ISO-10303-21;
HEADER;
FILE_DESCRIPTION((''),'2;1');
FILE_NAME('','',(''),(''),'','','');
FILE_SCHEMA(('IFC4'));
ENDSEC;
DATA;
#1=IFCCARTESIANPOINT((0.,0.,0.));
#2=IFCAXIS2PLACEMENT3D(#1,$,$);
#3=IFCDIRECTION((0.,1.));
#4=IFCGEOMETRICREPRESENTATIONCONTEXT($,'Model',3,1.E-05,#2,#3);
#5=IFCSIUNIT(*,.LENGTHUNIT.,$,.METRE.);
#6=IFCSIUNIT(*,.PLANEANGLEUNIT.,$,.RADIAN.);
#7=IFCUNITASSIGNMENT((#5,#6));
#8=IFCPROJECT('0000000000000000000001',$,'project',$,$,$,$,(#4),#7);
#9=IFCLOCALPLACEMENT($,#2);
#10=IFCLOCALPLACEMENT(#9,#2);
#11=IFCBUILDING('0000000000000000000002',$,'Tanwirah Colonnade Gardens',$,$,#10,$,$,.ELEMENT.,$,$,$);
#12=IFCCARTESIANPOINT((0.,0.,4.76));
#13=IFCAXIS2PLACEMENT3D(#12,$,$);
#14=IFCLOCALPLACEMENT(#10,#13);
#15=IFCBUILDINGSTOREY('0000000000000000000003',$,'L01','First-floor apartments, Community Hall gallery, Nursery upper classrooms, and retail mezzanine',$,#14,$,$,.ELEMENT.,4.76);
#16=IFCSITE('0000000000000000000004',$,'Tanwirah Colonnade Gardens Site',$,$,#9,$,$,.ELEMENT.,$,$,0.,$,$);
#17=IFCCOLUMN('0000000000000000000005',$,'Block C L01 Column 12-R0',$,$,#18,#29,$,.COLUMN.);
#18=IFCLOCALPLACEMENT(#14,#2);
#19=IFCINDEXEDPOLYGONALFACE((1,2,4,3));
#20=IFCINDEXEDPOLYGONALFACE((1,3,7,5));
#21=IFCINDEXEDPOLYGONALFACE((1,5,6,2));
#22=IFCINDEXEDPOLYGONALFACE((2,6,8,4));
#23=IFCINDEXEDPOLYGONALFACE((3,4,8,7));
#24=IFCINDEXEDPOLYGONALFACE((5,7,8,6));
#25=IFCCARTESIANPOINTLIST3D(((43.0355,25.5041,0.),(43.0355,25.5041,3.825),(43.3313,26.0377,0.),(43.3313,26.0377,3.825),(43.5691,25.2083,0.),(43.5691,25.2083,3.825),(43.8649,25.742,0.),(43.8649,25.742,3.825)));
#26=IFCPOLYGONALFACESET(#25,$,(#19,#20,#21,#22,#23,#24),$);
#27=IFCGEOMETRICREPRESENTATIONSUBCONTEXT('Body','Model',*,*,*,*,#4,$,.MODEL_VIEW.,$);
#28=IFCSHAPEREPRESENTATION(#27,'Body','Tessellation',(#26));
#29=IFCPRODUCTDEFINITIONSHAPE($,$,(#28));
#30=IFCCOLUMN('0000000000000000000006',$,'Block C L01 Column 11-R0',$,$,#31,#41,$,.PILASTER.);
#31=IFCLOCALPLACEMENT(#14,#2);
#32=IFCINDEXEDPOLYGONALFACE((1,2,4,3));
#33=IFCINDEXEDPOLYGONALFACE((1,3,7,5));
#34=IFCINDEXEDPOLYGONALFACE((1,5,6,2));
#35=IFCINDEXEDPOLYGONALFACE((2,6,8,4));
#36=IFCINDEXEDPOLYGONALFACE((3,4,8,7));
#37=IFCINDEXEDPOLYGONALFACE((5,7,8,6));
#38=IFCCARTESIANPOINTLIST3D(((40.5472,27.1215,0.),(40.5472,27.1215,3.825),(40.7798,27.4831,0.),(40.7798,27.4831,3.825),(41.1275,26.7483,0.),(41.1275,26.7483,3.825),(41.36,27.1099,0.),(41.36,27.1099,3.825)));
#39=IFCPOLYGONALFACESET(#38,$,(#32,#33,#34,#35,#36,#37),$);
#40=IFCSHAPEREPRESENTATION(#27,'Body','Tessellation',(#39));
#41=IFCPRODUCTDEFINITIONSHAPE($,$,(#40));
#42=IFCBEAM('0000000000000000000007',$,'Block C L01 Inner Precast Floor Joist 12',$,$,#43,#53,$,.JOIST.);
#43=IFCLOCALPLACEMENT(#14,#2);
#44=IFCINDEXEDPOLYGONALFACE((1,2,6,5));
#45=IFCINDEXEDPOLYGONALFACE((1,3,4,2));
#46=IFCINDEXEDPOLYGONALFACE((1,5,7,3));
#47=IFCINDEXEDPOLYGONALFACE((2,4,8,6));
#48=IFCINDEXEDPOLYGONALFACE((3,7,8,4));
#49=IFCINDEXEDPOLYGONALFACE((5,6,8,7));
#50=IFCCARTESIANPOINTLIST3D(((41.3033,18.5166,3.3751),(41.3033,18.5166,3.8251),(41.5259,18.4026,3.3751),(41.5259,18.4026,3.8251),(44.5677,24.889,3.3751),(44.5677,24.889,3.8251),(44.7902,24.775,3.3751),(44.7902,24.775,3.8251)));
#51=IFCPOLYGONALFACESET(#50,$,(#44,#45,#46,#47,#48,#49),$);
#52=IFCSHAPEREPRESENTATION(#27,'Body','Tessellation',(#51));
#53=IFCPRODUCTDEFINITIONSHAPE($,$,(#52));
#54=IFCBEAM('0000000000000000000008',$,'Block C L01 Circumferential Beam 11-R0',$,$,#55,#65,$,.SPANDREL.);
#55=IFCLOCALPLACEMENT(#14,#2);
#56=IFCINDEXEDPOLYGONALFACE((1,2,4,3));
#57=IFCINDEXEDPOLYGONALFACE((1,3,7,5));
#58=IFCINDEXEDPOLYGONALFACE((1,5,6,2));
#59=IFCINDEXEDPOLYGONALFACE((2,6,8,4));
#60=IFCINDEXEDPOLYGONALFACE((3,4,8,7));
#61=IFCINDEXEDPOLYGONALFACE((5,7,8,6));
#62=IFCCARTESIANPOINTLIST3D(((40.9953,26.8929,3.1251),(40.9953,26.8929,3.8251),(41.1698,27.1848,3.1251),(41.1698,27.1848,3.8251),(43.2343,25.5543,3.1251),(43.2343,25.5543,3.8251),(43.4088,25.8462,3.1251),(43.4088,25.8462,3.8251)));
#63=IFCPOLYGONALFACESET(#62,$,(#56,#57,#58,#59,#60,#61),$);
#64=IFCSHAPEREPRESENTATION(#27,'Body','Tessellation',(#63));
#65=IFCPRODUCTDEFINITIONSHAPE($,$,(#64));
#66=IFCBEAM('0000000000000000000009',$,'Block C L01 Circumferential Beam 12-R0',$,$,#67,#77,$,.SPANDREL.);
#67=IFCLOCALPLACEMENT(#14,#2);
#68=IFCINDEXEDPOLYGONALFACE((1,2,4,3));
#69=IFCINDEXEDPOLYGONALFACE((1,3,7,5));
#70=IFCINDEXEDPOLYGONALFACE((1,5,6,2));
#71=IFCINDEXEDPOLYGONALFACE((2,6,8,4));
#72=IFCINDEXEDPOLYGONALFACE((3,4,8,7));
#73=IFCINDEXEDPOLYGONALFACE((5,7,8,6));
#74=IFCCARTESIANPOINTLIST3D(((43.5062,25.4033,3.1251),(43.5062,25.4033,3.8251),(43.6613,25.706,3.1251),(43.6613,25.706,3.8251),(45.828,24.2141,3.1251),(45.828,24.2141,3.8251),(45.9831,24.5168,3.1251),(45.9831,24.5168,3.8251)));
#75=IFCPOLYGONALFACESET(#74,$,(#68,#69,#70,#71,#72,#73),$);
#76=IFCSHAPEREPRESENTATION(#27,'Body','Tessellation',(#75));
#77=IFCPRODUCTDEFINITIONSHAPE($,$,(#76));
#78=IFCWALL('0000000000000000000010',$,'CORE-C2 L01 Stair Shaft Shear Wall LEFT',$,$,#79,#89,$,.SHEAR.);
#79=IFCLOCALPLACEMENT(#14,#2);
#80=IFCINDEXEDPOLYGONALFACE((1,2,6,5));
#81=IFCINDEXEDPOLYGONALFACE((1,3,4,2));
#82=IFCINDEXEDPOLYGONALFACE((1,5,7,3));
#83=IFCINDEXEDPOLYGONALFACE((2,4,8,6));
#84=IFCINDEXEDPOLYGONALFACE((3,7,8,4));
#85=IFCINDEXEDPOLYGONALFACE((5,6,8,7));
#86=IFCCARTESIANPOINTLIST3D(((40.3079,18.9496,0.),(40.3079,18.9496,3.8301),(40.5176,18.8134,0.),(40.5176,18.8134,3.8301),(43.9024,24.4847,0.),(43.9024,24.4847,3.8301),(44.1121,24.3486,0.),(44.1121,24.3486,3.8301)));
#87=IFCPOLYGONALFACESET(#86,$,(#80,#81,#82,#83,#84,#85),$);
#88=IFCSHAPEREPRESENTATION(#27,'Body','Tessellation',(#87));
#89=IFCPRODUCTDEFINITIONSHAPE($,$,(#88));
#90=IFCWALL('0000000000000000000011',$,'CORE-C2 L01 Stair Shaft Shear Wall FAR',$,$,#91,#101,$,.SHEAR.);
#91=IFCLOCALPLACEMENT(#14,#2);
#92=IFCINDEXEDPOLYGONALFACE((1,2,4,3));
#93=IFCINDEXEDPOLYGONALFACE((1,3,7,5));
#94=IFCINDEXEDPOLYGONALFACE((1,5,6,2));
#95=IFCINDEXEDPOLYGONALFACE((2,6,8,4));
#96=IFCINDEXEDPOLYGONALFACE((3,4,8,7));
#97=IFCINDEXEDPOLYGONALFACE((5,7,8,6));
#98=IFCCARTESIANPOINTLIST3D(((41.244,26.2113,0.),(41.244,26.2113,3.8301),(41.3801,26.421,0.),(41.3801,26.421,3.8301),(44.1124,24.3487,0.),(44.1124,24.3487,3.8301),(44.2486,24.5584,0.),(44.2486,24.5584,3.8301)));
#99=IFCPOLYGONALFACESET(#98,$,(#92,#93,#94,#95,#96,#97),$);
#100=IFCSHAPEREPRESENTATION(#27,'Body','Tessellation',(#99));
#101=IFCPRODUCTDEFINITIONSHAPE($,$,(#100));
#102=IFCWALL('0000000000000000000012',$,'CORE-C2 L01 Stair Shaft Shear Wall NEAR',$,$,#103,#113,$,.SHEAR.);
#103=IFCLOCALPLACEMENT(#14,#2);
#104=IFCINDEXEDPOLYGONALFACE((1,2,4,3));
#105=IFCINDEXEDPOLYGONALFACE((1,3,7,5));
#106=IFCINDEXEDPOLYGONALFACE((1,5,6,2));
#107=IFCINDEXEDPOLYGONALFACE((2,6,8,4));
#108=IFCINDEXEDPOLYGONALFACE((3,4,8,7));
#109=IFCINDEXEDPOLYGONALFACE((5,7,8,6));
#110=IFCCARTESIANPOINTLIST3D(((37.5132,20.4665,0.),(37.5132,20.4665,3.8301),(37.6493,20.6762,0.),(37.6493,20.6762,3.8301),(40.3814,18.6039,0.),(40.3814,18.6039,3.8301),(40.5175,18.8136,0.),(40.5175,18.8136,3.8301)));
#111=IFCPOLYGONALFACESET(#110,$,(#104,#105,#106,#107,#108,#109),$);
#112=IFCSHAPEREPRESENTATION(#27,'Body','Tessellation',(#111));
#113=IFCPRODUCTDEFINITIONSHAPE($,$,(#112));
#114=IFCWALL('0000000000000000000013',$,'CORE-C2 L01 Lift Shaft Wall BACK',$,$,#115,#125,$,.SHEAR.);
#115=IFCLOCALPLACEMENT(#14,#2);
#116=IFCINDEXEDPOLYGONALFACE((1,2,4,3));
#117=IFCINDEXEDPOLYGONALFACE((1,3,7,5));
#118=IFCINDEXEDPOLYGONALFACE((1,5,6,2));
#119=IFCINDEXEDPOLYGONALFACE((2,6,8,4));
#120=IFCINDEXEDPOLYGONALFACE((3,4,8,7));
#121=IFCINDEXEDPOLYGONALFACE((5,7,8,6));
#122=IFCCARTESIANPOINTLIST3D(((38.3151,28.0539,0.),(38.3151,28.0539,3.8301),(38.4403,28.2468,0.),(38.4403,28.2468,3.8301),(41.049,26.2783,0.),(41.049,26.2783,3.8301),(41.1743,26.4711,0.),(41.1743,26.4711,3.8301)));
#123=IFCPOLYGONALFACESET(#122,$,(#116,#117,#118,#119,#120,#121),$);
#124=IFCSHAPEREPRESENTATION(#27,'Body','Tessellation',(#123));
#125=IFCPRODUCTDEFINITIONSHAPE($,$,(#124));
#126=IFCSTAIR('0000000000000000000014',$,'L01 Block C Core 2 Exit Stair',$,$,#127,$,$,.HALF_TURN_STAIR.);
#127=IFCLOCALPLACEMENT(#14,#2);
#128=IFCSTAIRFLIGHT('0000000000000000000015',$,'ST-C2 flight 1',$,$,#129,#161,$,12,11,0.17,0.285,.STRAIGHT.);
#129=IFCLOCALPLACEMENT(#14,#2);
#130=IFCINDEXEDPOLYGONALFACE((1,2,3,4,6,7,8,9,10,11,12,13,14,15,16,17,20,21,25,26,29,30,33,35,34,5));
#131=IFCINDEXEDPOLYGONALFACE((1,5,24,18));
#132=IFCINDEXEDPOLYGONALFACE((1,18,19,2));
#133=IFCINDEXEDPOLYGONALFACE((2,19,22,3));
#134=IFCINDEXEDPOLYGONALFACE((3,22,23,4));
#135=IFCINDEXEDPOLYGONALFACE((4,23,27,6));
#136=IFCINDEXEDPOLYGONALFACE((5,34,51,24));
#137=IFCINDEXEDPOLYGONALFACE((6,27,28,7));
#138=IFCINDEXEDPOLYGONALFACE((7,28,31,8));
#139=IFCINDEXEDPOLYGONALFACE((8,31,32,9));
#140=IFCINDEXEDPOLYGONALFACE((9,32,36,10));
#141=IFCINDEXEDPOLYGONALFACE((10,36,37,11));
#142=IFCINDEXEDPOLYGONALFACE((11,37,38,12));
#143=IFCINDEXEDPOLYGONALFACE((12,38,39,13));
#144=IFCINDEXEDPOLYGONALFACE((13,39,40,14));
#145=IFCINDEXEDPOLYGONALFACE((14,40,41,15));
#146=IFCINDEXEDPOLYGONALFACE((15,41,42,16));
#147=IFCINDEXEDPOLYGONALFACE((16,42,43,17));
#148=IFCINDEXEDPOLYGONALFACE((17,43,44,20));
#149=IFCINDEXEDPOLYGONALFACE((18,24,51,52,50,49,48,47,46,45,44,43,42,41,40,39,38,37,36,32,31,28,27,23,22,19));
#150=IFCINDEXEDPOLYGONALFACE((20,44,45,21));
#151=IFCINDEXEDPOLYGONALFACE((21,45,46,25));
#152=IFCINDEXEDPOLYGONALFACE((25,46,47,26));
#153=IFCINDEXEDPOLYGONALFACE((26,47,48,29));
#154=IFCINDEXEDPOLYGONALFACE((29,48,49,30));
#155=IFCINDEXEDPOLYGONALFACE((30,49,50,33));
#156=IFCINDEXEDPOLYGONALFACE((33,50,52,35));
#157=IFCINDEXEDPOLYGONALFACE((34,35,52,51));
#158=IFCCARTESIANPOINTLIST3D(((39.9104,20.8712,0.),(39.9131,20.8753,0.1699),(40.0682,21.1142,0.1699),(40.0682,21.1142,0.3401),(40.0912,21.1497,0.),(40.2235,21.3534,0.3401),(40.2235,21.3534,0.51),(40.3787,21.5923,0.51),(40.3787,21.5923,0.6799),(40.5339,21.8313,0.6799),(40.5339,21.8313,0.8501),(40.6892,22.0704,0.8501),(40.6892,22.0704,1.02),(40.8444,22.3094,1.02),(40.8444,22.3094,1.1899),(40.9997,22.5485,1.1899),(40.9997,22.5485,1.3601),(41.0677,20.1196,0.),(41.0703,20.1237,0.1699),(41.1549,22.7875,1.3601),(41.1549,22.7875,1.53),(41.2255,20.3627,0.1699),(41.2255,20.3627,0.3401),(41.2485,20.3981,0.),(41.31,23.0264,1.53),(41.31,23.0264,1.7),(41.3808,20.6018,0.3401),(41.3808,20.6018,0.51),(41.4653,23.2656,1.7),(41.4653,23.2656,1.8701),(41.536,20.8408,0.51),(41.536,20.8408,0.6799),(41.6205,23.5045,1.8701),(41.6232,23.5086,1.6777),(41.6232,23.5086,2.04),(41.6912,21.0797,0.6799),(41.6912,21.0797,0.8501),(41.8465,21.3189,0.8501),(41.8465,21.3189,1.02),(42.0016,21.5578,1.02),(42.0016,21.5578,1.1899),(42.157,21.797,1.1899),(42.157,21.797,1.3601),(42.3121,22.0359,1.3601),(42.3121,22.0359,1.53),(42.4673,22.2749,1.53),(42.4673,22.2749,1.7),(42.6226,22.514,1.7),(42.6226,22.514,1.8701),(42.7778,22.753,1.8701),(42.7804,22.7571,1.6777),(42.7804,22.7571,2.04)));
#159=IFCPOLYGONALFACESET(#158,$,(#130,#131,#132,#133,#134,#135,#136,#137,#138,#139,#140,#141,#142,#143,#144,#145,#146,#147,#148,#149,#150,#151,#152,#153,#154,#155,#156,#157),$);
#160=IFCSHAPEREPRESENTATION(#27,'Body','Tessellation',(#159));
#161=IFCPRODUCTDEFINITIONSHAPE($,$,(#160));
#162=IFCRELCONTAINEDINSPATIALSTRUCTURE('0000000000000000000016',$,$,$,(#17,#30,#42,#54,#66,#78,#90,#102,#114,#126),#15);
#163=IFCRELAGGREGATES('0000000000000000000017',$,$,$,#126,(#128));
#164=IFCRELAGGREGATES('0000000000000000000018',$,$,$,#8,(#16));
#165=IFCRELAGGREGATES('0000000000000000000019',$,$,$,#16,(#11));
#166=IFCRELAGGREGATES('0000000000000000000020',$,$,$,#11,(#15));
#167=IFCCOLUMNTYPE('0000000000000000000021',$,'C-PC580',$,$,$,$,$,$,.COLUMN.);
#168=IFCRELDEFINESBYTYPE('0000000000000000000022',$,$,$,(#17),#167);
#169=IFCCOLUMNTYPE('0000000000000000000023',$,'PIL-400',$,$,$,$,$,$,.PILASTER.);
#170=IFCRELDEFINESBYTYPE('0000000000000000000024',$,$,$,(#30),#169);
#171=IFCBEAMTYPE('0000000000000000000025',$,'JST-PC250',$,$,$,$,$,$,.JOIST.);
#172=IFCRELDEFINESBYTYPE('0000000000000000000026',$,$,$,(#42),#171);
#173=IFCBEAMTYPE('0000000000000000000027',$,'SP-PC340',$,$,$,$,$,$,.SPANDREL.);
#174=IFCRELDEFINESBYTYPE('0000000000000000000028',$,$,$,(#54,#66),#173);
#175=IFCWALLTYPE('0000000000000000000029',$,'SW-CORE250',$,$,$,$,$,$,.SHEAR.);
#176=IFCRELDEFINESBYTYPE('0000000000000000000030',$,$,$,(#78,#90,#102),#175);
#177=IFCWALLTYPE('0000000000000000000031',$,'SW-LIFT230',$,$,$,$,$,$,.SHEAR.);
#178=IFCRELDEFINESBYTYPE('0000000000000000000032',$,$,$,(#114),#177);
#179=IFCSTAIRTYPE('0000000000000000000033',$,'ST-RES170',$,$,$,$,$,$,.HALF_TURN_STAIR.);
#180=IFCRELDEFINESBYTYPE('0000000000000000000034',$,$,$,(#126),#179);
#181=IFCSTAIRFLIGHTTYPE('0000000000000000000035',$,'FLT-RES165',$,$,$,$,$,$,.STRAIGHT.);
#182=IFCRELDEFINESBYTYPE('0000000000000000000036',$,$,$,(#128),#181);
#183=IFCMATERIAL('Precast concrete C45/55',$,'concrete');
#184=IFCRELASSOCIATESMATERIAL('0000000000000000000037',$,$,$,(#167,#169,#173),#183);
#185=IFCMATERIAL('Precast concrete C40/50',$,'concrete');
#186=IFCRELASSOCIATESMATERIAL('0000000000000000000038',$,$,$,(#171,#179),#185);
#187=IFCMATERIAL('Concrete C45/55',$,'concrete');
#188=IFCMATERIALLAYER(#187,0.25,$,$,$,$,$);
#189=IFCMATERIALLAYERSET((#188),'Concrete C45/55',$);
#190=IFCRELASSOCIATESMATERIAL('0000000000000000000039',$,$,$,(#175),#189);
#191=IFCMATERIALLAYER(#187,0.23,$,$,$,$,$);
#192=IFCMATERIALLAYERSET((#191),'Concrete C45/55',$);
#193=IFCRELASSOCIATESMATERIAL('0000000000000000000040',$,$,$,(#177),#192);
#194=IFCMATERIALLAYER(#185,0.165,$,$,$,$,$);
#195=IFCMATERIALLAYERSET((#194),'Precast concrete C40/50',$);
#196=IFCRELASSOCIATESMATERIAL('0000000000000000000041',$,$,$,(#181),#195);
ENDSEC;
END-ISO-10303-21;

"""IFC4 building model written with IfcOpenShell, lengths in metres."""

from ifc_helpers import new_model, si_unit, direction, frame, frame_2d, origin, origin_2d, place, context, subcontext, project, spatial, polyline, rectangle, outline, extrude, material, layer, layer_set, material_profile, profile_set, type_object, element, aggregate, save


model = new_model("IFC4")

# Units and contexts
model_context = context("Model", 3, precision=1e-05, world=origin(), true_north=direction((0.0, 1.0)))
body_context = subcontext(model_context, "Body", "Model", "MODEL_VIEW")
ifc_project = project(units=[si_unit("LENGTHUNIT", "METRE"), si_unit("PLANEANGLEUNIT", "RADIAN")], contexts=[model_context])

# Site, building, storey
site_placement = place(None, origin())
site = spatial("IfcSite", under=ifc_project, at=site_placement, Name="Tanwirah Colonnade Gardens Site", CompositionType="ELEMENT", RefElevation=0.0)
building_placement = place(site_placement, origin())
building = spatial("IfcBuilding", under=site, at=building_placement, Name="Tanwirah Colonnade Gardens", CompositionType="ELEMENT")
storey_placement = place(building_placement, frame((0.0, 0.0, 4.76)))
storey = spatial("IfcBuildingStorey", under=building, at=storey_placement, Name="L01", Description="First-floor apartments, Community Hall gallery, Nursery upper classrooms, and retail mezzanine", CompositionType="ELEMENT", Elevation=4.76)

# Columns
ifc_material_1 = material(Name="Precast concrete C45/55", Category="concrete")
ifc_material_profile_1 = material_profile(ifc_material_1, rectangle(XDim=0.6101, YDim=0.6101, at=origin_2d()), Name="PC-COL 610x610")
ifc_profile_set_1 = profile_set([ifc_material_profile_1], Name="Precast concrete C45/55")
column_type_1 = type_object("IfcColumnType", Name="C-PC580", PredefinedType="COLUMN", material=ifc_profile_set_1)
column_1_placement = place(storey_placement, frame((43.4502, 25.623, 0.0), z_axis=(0.0, 0.0, 1.0), x_axis=(-0.48481, -0.87462, 0.0)))
element("IfcColumn", 1, at=column_1_placement, inside=storey, type_object=column_type_1, Name="Block C L01 Column 12-R0", PredefinedType="COLUMN", context=body_context, shape_type="SweptSolid", body=[
    extrude(rectangle(XDim=0.6101, YDim=0.6101, at=origin_2d()), origin(), (0.0, 0.0, 1.0), 3.825),
])
ifc_material_profile_2 = material_profile(ifc_material_1, rectangle(XDim=0.4299, YDim=0.6899, at=origin_2d()), Name="PC-PIL 430x690")
ifc_profile_set_2 = profile_set([ifc_material_profile_2], Name="Precast concrete C45/55")
column_type_2 = type_object("IfcColumnType", Name="PIL-400", PredefinedType="PILASTER", material=ifc_profile_set_2)
column_2_placement = place(storey_placement, frame((40.9536, 27.1157, 0.0), z_axis=(0.0, 0.0, 1.0), x_axis=(-0.540974, -0.841039, 0.0)))
element("IfcColumn", 2, at=column_2_placement, inside=storey, type_object=column_type_2, Name="Block C L01 Column 11-R0", PredefinedType="PILASTER", context=body_context, shape_type="SweptSolid", body=[
    extrude(rectangle(XDim=0.4299, YDim=0.6899, at=origin_2d()), origin(), (0.0, 0.0, 1.0), 3.825),
])

# Beams
ifc_material_2 = material(Name="Precast concrete C40/50", Category="concrete")
ifc_material_profile_3 = material_profile(ifc_material_2, rectangle(XDim=0.25, YDim=0.45, at=origin_2d()), Name="PC-JST 250x450")
ifc_profile_set_3 = profile_set([ifc_material_profile_3], Name="Precast concrete C40/50")
beam_type_1 = type_object("IfcBeamType", Name="JST-PC250", PredefinedType="JOIST", material=ifc_profile_set_3)
beam_placement = place(storey_placement, frame((44.679, 24.832, 3.6001), z_axis=(-0.455921, -0.89002, 0.0), x_axis=(0.89002, -0.455921, 0.0)))
element("IfcBeam", 3, at=beam_placement, inside=storey, type_object=beam_type_1, Name="Block C L01 Inner Precast Floor Joist 12", PredefinedType="JOIST", context=body_context, shape_type="SweptSolid", body=[
    extrude(rectangle(XDim=0.25, YDim=0.45, at=origin_2d()), origin(), (0.0, 0.0, 1.0), 7.1599),
])
ifc_material_profile_4 = material_profile(ifc_material_1, rectangle(XDim=0.3401, YDim=0.7, at=origin_2d()), Name="PC-SP 340x700")
ifc_profile_set_4 = profile_set([ifc_material_profile_4], Name="Precast concrete C45/55")
beam_type_2 = type_object("IfcBeamType", Name="SP-PC340", PredefinedType="SPANDREL", material=ifc_profile_set_4)
for number, where, z_axis, x_axis, name in (
    (4, (41.0825, 27.0388, 3.4751), (0.858301, -0.513146, 0.0), (0.513146, 0.858301, 0.0), "Block C L01 Circumferential Beam 11-R0"),
    (5, (43.5837, 25.5547, 3.4751), (0.890042, -0.455878, 0.0), (0.455878, 0.890042, 0.0), "Block C L01 Circumferential Beam 12-R0"),
):
    element("IfcBeam", number, at=place(storey_placement, frame(where, z_axis=z_axis, x_axis=x_axis)), inside=storey, type_object=beam_type_2, Name=name, PredefinedType="SPANDREL", context=body_context, shape_type="SweptSolid", body=[
        extrude(rectangle(XDim=0.3401, YDim=0.7, at=origin_2d()), origin(), (0.0, 0.0, 1.0), 2.6086),
    ])

# Walls
ifc_material_3 = material(Name="Concrete C45/55", Category="concrete")
ifc_layer_1 = layer(ifc_material_3, 0.25)
ifc_layer_set_1 = layer_set([ifc_layer_1], Name="Concrete C45/55")
wall_type_1 = type_object("IfcWallType", Name="SW-CORE250", PredefinedType="SHEAR", material=ifc_layer_set_1)
wall_1_placement = place(storey_placement, frame((40.4128, 18.8816, 0.0), z_axis=(0.0, 0.0, 1.0), x_axis=(0.544629, 0.838677, 0.0)))
element("IfcWall", 6, at=wall_1_placement, inside=storey, type_object=wall_type_1, Name="CORE-C2 L01 Stair Shaft Shear Wall LEFT", PredefinedType="SHEAR", context=body_context, shape_type="SweptSolid", body=[
    extrude(rectangle(XDim=6.5999, YDim=0.25, at=frame_2d((3.2998, 0.0))), origin(), (0.0, 0.0, 1.0), 3.8301),
])
wall_2_placement = place(storey_placement, frame((44.1804, 24.4536, 0.0), z_axis=(0.0, 0.0, 1.0), x_axis=(-0.8387, 0.544594, 0.0)))
element("IfcWall", 7, at=wall_2_placement, inside=storey, type_object=wall_type_1, Name="CORE-C2 L01 Stair Shaft Shear Wall FAR", PredefinedType="SHEAR", context=body_context, shape_type="SweptSolid", body=[
    extrude(rectangle(XDim=3.4202, YDim=0.25, at=frame_2d((1.71, 0.0))), origin(), (0.0, 0.0, 1.0), 3.8301),
])
wall_3_placement = place(storey_placement, frame((40.4495, 18.7087, 0.0), z_axis=(0.0, 0.0, 1.0), x_axis=(-0.838678, 0.544627, 0.0)))
element("IfcWall", 8, at=wall_3_placement, inside=storey, type_object=wall_type_1, Name="CORE-C2 L01 Stair Shaft Shear Wall NEAR", PredefinedType="SHEAR", context=body_context, shape_type="SweptSolid", body=[
    extrude(rectangle(XDim=3.4199, YDim=0.25, at=frame_2d((1.71, 0.0))), origin(), (0.0, 0.0, 1.0), 3.8301),
])
ifc_layer_2 = layer(ifc_material_3, 0.23)
ifc_layer_set_2 = layer_set([ifc_layer_2], Name="Concrete C45/55")
wall_type_2 = type_object("IfcWallType", Name="SW-LIFT230", PredefinedType="SHEAR", material=ifc_layer_set_2)
wall_4_placement = place(storey_placement, frame((41.1116, 26.3748, 0.0), z_axis=(0.0, 0.0, 1.0), x_axis=(-0.838639, 0.544688, 0.0)))
element("IfcWall", 9, at=wall_4_placement, inside=storey, type_object=wall_type_2, Name="CORE-C2 L01 Lift Shaft Wall BACK", PredefinedType="SHEAR", context=body_context, shape_type="SweptSolid", body=[
    extrude(rectangle(XDim=3.26, YDim=0.23, at=frame_2d((1.6299, 0.0))), origin(), (0.0, 0.0, 1.0), 3.8301),
])

# Stair, stair flight
stair_type = type_object("IfcStairType", Name="ST-RES170", PredefinedType="HALF_TURN_STAIR", material=ifc_material_2)
stair_placement = place(storey_placement, origin())
stair = element("IfcStair", 10, at=stair_placement, inside=storey, type_object=stair_type, Name="L01 Block C Core 2 Exit Stair", PredefinedType="HALF_TURN_STAIR")
ifc_layer_3 = layer(ifc_material_2, 0.165)
ifc_layer_set_3 = layer_set([ifc_layer_3], Name="Precast concrete C40/50")
stair_flight_type = type_object("IfcStairFlightType", Name="FLT-RES165", PredefinedType="STRAIGHT", material=ifc_layer_set_3)
stair_flight_1_placement = place(storey_placement, frame((40.4917, 20.4995, 0.0), z_axis=(0.0, 0.0, 1.0), x_axis=(0.544639, 0.838671, 0.0)))
stair_flight_1 = element("IfcStairFlight", 11, at=stair_flight_1_placement, type_object=stair_flight_type, Name="ST-C2 flight 1", NumberOfRisers=12, NumberOfTreads=11, PredefinedType="STRAIGHT", RiserHeight=0.17, TreadLength=0.285, context=body_context, shape_type="SweptSolid", body=[
    extrude(outline(polyline([(-0.0049, 0.0), (0.0, 0.1699), (0.2849, 0.1699), (0.2849, 0.3401), (0.5701, 0.3401), (0.5701, 0.51), (0.855, 0.51), (0.855, 0.6799), (1.1399, 0.6799), (1.1399, 0.8501), (1.425, 0.8501), (1.425, 1.02), (1.71, 1.02), (1.71, 1.1899), (1.9951, 1.1899), (1.9951, 1.3601), (2.28, 1.3601), (2.28, 1.53), (2.5649, 1.53), (2.5649, 1.7), (2.8501, 1.7), (2.8501, 1.8701), (3.135, 1.8701), (3.1399, 2.04), (3.1399, 1.6777), (0.3271, 0.0), (-0.0049, 0.0)])), frame((0.0, 0.6899, 0.0), z_axis=(0.0, -1.0, 0.0), x_axis=(1.0, 0.0, 0.0)), (0.0, 0.0, 1.0), 1.3799),
])
aggregate(stair, [stair_flight_1])

save(model, "model.ifc")
